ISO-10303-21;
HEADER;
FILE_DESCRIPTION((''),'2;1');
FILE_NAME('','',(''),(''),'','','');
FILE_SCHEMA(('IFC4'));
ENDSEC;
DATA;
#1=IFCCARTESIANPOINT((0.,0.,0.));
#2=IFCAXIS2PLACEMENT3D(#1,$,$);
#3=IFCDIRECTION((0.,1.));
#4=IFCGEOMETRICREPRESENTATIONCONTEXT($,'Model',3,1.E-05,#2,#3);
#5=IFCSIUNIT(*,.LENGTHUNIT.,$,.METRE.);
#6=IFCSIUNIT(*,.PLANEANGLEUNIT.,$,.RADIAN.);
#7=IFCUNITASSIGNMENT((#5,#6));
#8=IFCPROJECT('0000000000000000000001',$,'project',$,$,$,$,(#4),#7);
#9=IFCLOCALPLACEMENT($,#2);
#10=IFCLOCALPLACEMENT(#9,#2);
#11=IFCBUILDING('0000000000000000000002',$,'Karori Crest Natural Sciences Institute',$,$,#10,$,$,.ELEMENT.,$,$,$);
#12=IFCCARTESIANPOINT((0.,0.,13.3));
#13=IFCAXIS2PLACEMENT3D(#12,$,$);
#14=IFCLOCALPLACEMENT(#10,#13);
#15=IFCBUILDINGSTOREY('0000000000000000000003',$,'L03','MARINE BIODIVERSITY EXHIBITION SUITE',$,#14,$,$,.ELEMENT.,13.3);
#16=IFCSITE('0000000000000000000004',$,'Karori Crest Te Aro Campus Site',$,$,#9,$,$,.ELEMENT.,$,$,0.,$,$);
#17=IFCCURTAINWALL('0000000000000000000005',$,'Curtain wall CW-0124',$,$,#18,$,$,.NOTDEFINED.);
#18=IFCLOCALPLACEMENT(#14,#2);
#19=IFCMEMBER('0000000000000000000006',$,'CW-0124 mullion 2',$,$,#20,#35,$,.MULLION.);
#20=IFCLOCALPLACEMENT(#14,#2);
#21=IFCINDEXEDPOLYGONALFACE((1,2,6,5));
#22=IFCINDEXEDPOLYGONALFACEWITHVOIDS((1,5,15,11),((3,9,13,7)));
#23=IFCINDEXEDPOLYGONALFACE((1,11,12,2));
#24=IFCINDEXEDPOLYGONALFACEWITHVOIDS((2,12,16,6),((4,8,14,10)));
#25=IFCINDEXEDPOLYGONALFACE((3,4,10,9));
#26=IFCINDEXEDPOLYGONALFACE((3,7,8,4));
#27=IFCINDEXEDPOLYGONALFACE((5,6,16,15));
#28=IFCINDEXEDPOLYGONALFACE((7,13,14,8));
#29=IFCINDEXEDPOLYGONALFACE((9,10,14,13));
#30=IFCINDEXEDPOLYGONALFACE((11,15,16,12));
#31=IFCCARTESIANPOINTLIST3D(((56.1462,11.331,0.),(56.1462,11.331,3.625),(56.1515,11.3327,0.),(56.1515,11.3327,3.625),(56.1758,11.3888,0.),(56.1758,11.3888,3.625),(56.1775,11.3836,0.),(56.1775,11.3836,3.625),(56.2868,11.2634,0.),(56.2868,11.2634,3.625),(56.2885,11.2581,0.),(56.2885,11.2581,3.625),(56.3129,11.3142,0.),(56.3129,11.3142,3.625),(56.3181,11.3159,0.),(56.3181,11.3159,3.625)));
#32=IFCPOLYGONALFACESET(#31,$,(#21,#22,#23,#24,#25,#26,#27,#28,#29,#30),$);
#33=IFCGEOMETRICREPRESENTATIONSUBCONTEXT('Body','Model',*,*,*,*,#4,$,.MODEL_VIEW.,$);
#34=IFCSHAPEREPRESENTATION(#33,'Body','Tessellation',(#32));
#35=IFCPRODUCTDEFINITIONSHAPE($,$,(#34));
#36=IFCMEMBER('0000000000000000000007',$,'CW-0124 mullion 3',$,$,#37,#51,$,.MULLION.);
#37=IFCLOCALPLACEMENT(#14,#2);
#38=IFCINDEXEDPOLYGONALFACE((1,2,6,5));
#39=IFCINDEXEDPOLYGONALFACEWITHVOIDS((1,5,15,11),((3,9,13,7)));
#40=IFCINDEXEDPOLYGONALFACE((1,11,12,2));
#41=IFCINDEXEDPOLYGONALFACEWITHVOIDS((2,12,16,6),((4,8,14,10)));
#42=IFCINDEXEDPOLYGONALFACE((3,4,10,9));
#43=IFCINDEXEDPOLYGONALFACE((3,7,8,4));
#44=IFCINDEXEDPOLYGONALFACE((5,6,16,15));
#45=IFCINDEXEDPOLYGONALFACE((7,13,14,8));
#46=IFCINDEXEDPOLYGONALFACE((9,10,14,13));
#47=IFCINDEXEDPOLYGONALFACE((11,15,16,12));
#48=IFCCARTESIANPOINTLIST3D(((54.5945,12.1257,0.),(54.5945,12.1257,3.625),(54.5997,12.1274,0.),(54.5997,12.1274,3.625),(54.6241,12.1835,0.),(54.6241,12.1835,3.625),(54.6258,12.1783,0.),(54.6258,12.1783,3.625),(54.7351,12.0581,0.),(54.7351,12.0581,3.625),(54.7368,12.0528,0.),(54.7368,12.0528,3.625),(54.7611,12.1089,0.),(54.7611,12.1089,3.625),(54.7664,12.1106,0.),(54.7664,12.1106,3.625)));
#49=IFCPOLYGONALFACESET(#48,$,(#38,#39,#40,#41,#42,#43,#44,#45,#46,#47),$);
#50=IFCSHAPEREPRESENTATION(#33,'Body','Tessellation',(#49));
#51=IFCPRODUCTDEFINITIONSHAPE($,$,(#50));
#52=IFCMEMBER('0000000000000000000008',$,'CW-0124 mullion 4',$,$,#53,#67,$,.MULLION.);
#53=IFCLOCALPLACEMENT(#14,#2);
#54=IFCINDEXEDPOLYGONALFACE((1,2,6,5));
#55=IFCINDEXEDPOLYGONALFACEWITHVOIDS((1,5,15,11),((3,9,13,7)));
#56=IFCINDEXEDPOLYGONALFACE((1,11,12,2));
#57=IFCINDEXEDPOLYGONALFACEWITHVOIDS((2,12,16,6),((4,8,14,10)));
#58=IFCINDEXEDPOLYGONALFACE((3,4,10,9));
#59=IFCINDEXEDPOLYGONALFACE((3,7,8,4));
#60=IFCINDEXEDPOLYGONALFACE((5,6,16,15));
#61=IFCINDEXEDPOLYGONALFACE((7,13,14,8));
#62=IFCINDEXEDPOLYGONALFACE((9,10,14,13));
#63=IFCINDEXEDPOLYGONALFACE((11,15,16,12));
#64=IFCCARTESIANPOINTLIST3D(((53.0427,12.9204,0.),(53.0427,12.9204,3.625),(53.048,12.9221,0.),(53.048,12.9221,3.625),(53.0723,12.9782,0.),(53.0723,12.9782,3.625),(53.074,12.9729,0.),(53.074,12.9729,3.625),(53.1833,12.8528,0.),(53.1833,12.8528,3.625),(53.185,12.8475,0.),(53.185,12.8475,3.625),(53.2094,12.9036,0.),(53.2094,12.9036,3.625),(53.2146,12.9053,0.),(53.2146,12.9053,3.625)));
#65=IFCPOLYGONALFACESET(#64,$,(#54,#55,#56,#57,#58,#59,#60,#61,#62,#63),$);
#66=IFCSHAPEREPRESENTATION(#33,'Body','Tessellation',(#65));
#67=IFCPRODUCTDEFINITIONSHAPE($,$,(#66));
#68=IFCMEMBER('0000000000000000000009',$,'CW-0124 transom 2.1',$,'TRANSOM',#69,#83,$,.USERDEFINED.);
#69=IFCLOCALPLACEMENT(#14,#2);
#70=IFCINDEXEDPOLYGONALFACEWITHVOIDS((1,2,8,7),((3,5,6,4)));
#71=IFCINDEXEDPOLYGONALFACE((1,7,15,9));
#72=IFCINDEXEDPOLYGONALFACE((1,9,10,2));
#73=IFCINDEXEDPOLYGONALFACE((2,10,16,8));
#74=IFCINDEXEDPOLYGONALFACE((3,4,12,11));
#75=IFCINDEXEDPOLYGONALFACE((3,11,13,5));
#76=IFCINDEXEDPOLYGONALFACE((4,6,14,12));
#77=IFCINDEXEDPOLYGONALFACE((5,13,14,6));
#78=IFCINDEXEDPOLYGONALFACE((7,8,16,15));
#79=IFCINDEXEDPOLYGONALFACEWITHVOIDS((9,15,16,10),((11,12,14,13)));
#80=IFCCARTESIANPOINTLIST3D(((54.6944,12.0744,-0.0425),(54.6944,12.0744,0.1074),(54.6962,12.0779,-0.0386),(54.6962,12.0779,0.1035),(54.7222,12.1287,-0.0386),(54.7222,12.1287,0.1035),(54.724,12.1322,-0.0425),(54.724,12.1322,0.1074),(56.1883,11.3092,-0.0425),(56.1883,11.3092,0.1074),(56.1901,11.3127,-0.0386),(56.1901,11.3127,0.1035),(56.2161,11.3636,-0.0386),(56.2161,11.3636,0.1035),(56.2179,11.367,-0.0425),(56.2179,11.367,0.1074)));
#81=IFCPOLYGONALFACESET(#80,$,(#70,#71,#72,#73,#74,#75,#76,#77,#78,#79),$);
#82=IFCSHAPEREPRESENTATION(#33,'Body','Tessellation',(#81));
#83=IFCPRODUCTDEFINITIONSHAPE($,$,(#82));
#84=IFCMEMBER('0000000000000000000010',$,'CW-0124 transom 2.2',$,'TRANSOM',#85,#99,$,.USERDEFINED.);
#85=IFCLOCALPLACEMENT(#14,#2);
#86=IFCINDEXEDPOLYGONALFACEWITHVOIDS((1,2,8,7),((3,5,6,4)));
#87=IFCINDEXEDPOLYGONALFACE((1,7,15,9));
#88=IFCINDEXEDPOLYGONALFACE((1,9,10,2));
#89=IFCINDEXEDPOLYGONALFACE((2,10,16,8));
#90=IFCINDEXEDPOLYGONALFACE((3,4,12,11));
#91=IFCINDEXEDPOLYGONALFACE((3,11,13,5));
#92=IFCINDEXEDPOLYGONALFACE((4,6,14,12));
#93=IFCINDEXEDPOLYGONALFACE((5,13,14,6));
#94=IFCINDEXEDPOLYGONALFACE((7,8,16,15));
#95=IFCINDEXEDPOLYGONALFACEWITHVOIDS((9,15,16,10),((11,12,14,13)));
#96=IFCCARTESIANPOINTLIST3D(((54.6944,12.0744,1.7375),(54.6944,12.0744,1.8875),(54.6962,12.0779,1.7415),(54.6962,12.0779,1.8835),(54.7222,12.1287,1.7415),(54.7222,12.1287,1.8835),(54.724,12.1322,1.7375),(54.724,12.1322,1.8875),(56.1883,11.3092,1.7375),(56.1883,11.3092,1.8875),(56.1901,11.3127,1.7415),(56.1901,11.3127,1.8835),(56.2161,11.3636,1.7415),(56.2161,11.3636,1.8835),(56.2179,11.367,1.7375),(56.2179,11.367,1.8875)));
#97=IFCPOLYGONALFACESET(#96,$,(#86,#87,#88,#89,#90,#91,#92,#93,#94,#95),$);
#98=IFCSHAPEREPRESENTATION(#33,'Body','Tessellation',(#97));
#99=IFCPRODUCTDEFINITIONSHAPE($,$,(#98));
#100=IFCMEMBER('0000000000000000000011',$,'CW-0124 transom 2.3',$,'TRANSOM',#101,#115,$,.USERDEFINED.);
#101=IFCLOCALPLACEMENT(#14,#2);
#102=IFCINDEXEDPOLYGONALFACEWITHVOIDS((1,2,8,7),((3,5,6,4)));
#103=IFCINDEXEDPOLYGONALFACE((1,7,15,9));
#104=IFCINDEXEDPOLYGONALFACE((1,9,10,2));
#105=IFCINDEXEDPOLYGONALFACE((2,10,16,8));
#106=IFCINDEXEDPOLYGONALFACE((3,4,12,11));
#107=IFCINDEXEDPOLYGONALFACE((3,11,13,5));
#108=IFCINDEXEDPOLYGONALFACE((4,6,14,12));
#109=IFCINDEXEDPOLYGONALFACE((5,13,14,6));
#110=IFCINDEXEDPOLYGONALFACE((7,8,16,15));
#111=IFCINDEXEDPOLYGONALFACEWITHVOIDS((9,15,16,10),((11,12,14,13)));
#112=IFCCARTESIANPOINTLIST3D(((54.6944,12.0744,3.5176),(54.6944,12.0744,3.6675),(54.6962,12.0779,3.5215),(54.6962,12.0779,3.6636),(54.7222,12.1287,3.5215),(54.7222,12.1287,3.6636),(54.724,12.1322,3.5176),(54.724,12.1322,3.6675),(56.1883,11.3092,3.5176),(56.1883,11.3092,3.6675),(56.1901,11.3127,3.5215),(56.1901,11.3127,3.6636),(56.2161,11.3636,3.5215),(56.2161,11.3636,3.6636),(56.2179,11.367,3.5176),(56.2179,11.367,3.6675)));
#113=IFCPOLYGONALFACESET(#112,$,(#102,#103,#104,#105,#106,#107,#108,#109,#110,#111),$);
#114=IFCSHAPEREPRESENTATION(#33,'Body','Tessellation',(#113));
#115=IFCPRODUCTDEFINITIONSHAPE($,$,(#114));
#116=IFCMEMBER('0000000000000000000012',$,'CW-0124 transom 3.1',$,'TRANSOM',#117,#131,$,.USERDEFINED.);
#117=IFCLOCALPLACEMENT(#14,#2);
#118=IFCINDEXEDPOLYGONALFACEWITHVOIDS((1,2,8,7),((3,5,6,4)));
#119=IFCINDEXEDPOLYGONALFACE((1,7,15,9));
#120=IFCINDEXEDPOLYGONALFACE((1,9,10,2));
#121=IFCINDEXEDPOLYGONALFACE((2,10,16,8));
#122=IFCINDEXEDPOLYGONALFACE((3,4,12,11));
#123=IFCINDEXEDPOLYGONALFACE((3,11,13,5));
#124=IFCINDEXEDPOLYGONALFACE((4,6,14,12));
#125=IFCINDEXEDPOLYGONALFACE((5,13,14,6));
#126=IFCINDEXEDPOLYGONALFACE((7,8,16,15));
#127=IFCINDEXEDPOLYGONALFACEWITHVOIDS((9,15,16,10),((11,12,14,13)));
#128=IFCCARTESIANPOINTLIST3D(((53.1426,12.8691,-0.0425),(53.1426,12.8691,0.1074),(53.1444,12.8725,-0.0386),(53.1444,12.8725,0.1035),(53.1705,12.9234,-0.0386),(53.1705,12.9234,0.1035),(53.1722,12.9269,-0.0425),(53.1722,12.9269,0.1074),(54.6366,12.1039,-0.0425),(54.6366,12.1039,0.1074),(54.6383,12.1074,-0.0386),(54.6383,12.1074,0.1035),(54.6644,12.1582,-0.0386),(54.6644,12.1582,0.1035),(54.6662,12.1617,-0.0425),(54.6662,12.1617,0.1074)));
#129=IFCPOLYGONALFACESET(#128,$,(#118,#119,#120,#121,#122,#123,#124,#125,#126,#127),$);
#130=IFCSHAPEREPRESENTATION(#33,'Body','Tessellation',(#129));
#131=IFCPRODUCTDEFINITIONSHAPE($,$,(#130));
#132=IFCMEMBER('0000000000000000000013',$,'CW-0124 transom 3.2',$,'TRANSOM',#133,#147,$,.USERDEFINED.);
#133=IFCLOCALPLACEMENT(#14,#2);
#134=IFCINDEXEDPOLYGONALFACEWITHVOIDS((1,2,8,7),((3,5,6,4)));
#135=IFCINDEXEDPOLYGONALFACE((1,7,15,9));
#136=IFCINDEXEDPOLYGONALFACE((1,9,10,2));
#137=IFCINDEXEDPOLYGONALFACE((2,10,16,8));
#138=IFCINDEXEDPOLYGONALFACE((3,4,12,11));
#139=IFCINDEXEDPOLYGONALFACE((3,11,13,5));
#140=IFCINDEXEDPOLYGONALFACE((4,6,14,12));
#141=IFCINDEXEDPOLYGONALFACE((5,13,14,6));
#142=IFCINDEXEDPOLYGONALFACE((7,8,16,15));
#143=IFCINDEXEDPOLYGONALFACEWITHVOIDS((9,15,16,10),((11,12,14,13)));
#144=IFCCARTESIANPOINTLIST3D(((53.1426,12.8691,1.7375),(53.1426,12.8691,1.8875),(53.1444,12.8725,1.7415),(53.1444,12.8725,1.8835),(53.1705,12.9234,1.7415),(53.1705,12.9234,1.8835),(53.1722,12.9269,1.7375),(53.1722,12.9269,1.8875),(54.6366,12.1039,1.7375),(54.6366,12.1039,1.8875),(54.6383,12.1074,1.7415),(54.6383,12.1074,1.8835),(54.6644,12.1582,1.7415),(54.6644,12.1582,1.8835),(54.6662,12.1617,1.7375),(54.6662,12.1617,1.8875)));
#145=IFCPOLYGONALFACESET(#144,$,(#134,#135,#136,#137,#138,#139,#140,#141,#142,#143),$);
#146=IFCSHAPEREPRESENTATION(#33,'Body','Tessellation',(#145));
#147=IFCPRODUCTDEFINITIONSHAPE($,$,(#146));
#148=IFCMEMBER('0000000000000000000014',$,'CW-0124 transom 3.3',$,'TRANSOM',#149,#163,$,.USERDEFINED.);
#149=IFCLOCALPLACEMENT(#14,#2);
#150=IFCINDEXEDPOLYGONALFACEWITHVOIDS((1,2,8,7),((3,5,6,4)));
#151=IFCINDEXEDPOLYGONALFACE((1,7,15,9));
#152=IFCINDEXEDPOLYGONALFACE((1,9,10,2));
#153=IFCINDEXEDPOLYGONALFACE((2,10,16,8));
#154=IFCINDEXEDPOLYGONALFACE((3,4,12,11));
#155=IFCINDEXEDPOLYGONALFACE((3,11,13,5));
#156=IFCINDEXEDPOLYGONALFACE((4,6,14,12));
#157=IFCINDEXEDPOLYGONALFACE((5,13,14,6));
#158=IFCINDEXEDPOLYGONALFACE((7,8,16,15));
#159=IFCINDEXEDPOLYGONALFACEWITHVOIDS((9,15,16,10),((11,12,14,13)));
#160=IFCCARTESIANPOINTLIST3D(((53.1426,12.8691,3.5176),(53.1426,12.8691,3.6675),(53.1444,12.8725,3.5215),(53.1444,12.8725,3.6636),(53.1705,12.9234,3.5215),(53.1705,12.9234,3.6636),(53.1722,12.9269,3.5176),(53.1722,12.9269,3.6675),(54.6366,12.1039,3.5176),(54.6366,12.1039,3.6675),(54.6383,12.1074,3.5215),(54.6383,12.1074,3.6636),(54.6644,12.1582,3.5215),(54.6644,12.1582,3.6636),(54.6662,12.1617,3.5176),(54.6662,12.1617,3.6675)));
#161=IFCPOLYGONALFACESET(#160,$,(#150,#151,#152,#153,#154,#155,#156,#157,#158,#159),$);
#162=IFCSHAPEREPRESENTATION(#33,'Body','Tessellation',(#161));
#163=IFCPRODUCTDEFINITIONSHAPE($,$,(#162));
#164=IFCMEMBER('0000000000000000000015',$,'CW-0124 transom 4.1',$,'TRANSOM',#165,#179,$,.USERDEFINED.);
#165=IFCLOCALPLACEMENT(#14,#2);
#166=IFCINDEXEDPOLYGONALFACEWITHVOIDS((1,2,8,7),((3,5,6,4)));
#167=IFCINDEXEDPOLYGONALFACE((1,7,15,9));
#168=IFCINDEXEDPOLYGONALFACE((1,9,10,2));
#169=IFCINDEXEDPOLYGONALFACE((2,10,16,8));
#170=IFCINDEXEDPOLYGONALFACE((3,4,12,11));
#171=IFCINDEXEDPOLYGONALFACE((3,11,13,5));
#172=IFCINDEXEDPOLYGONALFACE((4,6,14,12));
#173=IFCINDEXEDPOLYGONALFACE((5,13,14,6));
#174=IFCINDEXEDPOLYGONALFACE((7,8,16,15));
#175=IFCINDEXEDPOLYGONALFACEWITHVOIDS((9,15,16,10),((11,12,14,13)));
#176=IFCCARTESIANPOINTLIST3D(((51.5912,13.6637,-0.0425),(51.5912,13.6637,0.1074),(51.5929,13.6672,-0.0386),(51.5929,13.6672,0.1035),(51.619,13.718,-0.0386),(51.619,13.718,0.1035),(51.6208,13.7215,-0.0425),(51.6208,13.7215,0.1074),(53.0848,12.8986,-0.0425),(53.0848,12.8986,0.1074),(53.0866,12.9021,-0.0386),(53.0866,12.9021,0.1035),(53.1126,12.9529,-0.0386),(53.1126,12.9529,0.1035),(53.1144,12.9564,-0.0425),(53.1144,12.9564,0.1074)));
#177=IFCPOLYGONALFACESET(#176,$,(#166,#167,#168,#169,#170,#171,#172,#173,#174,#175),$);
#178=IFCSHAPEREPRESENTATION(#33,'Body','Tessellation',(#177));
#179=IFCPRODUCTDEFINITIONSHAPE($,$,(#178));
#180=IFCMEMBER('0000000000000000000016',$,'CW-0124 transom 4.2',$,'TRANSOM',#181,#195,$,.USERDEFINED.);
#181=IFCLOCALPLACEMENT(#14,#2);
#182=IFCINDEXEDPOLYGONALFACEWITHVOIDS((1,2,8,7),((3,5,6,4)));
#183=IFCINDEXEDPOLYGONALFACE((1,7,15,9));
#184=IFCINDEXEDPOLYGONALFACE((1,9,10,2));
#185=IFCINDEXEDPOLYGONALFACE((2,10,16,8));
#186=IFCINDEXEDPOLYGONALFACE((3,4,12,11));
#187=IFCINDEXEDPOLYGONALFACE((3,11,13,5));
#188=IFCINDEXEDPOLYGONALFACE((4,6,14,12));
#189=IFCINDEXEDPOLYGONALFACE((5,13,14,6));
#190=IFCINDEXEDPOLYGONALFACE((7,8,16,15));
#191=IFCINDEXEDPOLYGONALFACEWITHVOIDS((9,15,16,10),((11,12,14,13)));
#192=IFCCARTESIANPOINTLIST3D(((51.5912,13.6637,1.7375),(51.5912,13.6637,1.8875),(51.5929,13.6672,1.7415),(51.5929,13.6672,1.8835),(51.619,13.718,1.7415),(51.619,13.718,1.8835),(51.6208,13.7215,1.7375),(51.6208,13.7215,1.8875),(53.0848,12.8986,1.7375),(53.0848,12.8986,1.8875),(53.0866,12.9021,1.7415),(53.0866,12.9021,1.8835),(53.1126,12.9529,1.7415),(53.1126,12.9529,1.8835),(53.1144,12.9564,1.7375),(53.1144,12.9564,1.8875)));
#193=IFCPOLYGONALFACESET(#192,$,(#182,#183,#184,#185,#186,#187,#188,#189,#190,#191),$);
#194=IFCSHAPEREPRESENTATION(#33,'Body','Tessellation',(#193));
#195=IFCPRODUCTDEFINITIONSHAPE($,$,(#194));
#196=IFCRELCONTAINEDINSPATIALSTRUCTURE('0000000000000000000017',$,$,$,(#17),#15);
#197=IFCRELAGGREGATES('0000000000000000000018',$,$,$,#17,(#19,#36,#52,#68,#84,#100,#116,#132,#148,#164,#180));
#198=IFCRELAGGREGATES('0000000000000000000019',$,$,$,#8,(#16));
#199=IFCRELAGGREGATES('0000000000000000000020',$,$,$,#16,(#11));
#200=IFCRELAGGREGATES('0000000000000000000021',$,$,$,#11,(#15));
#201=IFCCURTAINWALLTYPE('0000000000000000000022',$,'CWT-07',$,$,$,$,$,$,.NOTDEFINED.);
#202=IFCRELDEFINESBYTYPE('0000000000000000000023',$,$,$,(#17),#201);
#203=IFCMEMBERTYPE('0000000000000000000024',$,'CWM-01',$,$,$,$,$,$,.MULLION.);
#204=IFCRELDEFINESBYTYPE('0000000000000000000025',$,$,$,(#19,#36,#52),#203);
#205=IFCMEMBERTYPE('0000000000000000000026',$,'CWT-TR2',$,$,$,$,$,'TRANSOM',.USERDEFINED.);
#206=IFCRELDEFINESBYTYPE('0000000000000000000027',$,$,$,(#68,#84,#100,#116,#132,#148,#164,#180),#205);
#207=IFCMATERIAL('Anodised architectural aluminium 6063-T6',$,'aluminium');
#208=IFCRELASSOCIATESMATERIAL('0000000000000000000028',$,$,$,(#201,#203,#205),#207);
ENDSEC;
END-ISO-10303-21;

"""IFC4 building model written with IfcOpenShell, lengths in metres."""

from ifc_helpers import new_model, si_unit, direction, frame, origin, origin_2d, place, context, subcontext, project, spatial, hollow_rectangle, extrude, material, material_profile, profile_set, type_object, element, aggregate, save


model = new_model("IFC4")

# Units and contexts
model_context = context("Model", 3, precision=1e-05, world=origin(), true_north=direction((0.0, 1.0)))
body_context = subcontext(model_context, "Body", "Model", "MODEL_VIEW")
ifc_project = project(units=[si_unit("LENGTHUNIT", "METRE"), si_unit("PLANEANGLEUNIT", "RADIAN")], contexts=[model_context])

# Site, building, storey
site_placement = place(None, origin())
site = spatial("IfcSite", under=ifc_project, at=site_placement, Name="Karori Crest Te Aro Campus Site", CompositionType="ELEMENT", RefElevation=0.0)
building_placement = place(site_placement, origin())
building = spatial("IfcBuilding", under=site, at=building_placement, Name="Karori Crest Natural Sciences Institute", CompositionType="ELEMENT")
storey_placement = place(building_placement, frame((0.0, 0.0, 13.3)))
storey = spatial("IfcBuildingStorey", under=building, at=storey_placement, Name="L03", Description="MARINE BIODIVERSITY EXHIBITION SUITE", CompositionType="ELEMENT", Elevation=13.3)

# Curtain wall, members
ifc_material_1 = material(Name="Anodised architectural aluminium 6063-T6", Category="aluminium")
curtain_wall_type = type_object("IfcCurtainWallType", Name="CWT-07", PredefinedType="NOTDEFINED", material=ifc_material_1)
curtain_wall_placement = place(storey_placement, origin())
curtain_wall = element("IfcCurtainWall", 1, at=curtain_wall_placement, inside=storey, type_object=curtain_wall_type, Name="Curtain wall CW-0124", PredefinedType="NOTDEFINED")
ifc_material_profile_1 = material_profile(ifc_material_1, hollow_rectangle(XDim=0.0649, YDim=0.1599, WallThickness=0.0039, at=origin_2d()), Name="CWM160x65x4")
ifc_profile_set_1 = profile_set([ifc_material_profile_1], Name="Anodised architectural aluminium 6063-T6")
member_type_1 = type_object("IfcMemberType", Name="CWM-01", PredefinedType="MULLION", material=ifc_profile_set_1)
member_1_placement = place(storey_placement, frame((56.2322, 11.3235, 0.0), z_axis=(0.0, 0.0, 1.0), x_axis=(-0.455829, -0.890067, 0.0)))
member_1 = element("IfcMember", 2, at=member_1_placement, type_object=member_type_1, Name="CW-0124 mullion 2", PredefinedType="MULLION", context=body_context, shape_type="SweptSolid", body=[
    extrude(hollow_rectangle(XDim=0.0649, YDim=0.1599, WallThickness=0.0039, at=origin_2d()), origin(), (0.0, 0.0, 1.0), 3.625),
])
member_2_placement = place(storey_placement, frame((54.6804, 12.1182, 0.0), z_axis=(0.0, 0.0, 1.0), x_axis=(-0.455829, -0.890067, 0.0)))
member_2 = element("IfcMember", 3, at=member_2_placement, type_object=member_type_1, Name="CW-0124 mullion 3", PredefinedType="MULLION", context=body_context, shape_type="SweptSolid", body=[
    extrude(hollow_rectangle(XDim=0.0649, YDim=0.1599, WallThickness=0.0039, at=origin_2d()), origin(), (0.0, 0.0, 1.0), 3.625),
])
member_3_placement = place(storey_placement, frame((53.1287, 12.9128, 0.0), z_axis=(0.0, 0.0, 1.0), x_axis=(-0.455829, -0.890067, 0.0)))
member_3 = element("IfcMember", 4, at=member_3_placement, type_object=member_type_1, Name="CW-0124 mullion 4", PredefinedType="MULLION", context=body_context, shape_type="SweptSolid", body=[
    extrude(hollow_rectangle(XDim=0.0649, YDim=0.1599, WallThickness=0.0039, at=origin_2d()), origin(), (0.0, 0.0, 1.0), 3.625),
])
ifc_material_profile_2 = material_profile(ifc_material_1, hollow_rectangle(XDim=0.0649, YDim=0.1499, WallThickness=0.0039, at=origin_2d()), Name="CWT150x65x4")
ifc_profile_set_2 = profile_set([ifc_material_profile_2], Name="Anodised architectural aluminium 6063-T6")
member_type_2 = type_object("IfcMemberType", Name="CWT-TR2", ElementType="TRANSOM", PredefinedType="USERDEFINED", material=ifc_profile_set_2)
member_4_placement = place(storey_placement, frame((56.2031, 11.3381, 0.0325), z_axis=(-0.890051, 0.455862, 0.0), x_axis=(-0.455862, -0.890051, 0.0)))
member_4 = element("IfcMember", 5, at=member_4_placement, type_object=member_type_2, Name="CW-0124 transom 2.1", ObjectType="TRANSOM", PredefinedType="USERDEFINED", context=body_context, shape_type="SweptSolid", body=[
    extrude(hollow_rectangle(XDim=0.0649, YDim=0.1499, WallThickness=0.0039, at=origin_2d()), origin(), (0.0, 0.0, 1.0), 1.6785),
])
member_5_placement = place(storey_placement, frame((56.2031, 11.3381, 1.8125), z_axis=(-0.890051, 0.455862, 0.0), x_axis=(-0.455862, -0.890051, 0.0)))
member_5 = element("IfcMember", 6, at=member_5_placement, type_object=member_type_2, Name="CW-0124 transom 2.2", ObjectType="TRANSOM", PredefinedType="USERDEFINED", context=body_context, shape_type="SweptSolid", body=[
    extrude(hollow_rectangle(XDim=0.0649, YDim=0.1499, WallThickness=0.0039, at=origin_2d()), origin(), (0.0, 0.0, 1.0), 1.6785),
])
member_6_placement = place(storey_placement, frame((56.2031, 11.3381, 3.5925), z_axis=(-0.890051, 0.455862, 0.0), x_axis=(-0.455862, -0.890051, 0.0)))
member_6 = element("IfcMember", 7, at=member_6_placement, type_object=member_type_2, Name="CW-0124 transom 2.3", ObjectType="TRANSOM", PredefinedType="USERDEFINED", context=body_context, shape_type="SweptSolid", body=[
    extrude(hollow_rectangle(XDim=0.0649, YDim=0.1499, WallThickness=0.0039, at=origin_2d()), origin(), (0.0, 0.0, 1.0), 1.6785),
])
member_7_placement = place(storey_placement, frame((54.6514, 12.1328, 0.0325), z_axis=(-0.890051, 0.455862, 0.0), x_axis=(-0.455862, -0.890051, 0.0)))
member_7 = element("IfcMember", 8, at=member_7_placement, type_object=member_type_2, Name="CW-0124 transom 3.1", ObjectType="TRANSOM", PredefinedType="USERDEFINED", context=body_context, shape_type="SweptSolid", body=[
    extrude(hollow_rectangle(XDim=0.0649, YDim=0.1499, WallThickness=0.0039, at=origin_2d()), origin(), (0.0, 0.0, 1.0), 1.6785),
])
member_8_placement = place(storey_placement, frame((54.6514, 12.1328, 1.8125), z_axis=(-0.890051, 0.455862, 0.0), x_axis=(-0.455862, -0.890051, 0.0)))
member_8 = element("IfcMember", 9, at=member_8_placement, type_object=member_type_2, Name="CW-0124 transom 3.2", ObjectType="TRANSOM", PredefinedType="USERDEFINED", context=body_context, shape_type="SweptSolid", body=[
    extrude(hollow_rectangle(XDim=0.0649, YDim=0.1499, WallThickness=0.0039, at=origin_2d()), origin(), (0.0, 0.0, 1.0), 1.6785),
])
member_9_placement = place(storey_placement, frame((54.6514, 12.1328, 3.5925), z_axis=(-0.890051, 0.455862, 0.0), x_axis=(-0.455862, -0.890051, 0.0)))
member_9 = element("IfcMember", 10, at=member_9_placement, type_object=member_type_2, Name="CW-0124 transom 3.3", ObjectType="TRANSOM", PredefinedType="USERDEFINED", context=body_context, shape_type="SweptSolid", body=[
    extrude(hollow_rectangle(XDim=0.0649, YDim=0.1499, WallThickness=0.0039, at=origin_2d()), origin(), (0.0, 0.0, 1.0), 1.6785),
])
member_10_placement = place(storey_placement, frame((53.0996, 12.9275, 0.0325), z_axis=(-0.89002, 0.455921, 0.0), x_axis=(-0.455921, -0.89002, 0.0)))
member_10 = element("IfcMember", 11, at=member_10_placement, type_object=member_type_2, Name="CW-0124 transom 4.1", ObjectType="TRANSOM", PredefinedType="USERDEFINED", context=body_context, shape_type="SweptSolid", body=[
    extrude(hollow_rectangle(XDim=0.0649, YDim=0.1499, WallThickness=0.0039, at=origin_2d()), origin(), (0.0, 0.0, 1.0), 1.6782),
])
member_11_placement = place(storey_placement, frame((53.0996, 12.9275, 1.8125), z_axis=(-0.89002, 0.455921, 0.0), x_axis=(-0.455921, -0.89002, 0.0)))
member_11 = element("IfcMember", 12, at=member_11_placement, type_object=member_type_2, Name="CW-0124 transom 4.2", ObjectType="TRANSOM", PredefinedType="USERDEFINED", context=body_context, shape_type="SweptSolid", body=[
    extrude(hollow_rectangle(XDim=0.0649, YDim=0.1499, WallThickness=0.0039, at=origin_2d()), origin(), (0.0, 0.0, 1.0), 1.6782),
])
aggregate(curtain_wall, [member_1, member_2, member_3, member_4, member_5, member_6, member_7, member_8, member_9, member_10, member_11])

save(model, "model.ifc")
